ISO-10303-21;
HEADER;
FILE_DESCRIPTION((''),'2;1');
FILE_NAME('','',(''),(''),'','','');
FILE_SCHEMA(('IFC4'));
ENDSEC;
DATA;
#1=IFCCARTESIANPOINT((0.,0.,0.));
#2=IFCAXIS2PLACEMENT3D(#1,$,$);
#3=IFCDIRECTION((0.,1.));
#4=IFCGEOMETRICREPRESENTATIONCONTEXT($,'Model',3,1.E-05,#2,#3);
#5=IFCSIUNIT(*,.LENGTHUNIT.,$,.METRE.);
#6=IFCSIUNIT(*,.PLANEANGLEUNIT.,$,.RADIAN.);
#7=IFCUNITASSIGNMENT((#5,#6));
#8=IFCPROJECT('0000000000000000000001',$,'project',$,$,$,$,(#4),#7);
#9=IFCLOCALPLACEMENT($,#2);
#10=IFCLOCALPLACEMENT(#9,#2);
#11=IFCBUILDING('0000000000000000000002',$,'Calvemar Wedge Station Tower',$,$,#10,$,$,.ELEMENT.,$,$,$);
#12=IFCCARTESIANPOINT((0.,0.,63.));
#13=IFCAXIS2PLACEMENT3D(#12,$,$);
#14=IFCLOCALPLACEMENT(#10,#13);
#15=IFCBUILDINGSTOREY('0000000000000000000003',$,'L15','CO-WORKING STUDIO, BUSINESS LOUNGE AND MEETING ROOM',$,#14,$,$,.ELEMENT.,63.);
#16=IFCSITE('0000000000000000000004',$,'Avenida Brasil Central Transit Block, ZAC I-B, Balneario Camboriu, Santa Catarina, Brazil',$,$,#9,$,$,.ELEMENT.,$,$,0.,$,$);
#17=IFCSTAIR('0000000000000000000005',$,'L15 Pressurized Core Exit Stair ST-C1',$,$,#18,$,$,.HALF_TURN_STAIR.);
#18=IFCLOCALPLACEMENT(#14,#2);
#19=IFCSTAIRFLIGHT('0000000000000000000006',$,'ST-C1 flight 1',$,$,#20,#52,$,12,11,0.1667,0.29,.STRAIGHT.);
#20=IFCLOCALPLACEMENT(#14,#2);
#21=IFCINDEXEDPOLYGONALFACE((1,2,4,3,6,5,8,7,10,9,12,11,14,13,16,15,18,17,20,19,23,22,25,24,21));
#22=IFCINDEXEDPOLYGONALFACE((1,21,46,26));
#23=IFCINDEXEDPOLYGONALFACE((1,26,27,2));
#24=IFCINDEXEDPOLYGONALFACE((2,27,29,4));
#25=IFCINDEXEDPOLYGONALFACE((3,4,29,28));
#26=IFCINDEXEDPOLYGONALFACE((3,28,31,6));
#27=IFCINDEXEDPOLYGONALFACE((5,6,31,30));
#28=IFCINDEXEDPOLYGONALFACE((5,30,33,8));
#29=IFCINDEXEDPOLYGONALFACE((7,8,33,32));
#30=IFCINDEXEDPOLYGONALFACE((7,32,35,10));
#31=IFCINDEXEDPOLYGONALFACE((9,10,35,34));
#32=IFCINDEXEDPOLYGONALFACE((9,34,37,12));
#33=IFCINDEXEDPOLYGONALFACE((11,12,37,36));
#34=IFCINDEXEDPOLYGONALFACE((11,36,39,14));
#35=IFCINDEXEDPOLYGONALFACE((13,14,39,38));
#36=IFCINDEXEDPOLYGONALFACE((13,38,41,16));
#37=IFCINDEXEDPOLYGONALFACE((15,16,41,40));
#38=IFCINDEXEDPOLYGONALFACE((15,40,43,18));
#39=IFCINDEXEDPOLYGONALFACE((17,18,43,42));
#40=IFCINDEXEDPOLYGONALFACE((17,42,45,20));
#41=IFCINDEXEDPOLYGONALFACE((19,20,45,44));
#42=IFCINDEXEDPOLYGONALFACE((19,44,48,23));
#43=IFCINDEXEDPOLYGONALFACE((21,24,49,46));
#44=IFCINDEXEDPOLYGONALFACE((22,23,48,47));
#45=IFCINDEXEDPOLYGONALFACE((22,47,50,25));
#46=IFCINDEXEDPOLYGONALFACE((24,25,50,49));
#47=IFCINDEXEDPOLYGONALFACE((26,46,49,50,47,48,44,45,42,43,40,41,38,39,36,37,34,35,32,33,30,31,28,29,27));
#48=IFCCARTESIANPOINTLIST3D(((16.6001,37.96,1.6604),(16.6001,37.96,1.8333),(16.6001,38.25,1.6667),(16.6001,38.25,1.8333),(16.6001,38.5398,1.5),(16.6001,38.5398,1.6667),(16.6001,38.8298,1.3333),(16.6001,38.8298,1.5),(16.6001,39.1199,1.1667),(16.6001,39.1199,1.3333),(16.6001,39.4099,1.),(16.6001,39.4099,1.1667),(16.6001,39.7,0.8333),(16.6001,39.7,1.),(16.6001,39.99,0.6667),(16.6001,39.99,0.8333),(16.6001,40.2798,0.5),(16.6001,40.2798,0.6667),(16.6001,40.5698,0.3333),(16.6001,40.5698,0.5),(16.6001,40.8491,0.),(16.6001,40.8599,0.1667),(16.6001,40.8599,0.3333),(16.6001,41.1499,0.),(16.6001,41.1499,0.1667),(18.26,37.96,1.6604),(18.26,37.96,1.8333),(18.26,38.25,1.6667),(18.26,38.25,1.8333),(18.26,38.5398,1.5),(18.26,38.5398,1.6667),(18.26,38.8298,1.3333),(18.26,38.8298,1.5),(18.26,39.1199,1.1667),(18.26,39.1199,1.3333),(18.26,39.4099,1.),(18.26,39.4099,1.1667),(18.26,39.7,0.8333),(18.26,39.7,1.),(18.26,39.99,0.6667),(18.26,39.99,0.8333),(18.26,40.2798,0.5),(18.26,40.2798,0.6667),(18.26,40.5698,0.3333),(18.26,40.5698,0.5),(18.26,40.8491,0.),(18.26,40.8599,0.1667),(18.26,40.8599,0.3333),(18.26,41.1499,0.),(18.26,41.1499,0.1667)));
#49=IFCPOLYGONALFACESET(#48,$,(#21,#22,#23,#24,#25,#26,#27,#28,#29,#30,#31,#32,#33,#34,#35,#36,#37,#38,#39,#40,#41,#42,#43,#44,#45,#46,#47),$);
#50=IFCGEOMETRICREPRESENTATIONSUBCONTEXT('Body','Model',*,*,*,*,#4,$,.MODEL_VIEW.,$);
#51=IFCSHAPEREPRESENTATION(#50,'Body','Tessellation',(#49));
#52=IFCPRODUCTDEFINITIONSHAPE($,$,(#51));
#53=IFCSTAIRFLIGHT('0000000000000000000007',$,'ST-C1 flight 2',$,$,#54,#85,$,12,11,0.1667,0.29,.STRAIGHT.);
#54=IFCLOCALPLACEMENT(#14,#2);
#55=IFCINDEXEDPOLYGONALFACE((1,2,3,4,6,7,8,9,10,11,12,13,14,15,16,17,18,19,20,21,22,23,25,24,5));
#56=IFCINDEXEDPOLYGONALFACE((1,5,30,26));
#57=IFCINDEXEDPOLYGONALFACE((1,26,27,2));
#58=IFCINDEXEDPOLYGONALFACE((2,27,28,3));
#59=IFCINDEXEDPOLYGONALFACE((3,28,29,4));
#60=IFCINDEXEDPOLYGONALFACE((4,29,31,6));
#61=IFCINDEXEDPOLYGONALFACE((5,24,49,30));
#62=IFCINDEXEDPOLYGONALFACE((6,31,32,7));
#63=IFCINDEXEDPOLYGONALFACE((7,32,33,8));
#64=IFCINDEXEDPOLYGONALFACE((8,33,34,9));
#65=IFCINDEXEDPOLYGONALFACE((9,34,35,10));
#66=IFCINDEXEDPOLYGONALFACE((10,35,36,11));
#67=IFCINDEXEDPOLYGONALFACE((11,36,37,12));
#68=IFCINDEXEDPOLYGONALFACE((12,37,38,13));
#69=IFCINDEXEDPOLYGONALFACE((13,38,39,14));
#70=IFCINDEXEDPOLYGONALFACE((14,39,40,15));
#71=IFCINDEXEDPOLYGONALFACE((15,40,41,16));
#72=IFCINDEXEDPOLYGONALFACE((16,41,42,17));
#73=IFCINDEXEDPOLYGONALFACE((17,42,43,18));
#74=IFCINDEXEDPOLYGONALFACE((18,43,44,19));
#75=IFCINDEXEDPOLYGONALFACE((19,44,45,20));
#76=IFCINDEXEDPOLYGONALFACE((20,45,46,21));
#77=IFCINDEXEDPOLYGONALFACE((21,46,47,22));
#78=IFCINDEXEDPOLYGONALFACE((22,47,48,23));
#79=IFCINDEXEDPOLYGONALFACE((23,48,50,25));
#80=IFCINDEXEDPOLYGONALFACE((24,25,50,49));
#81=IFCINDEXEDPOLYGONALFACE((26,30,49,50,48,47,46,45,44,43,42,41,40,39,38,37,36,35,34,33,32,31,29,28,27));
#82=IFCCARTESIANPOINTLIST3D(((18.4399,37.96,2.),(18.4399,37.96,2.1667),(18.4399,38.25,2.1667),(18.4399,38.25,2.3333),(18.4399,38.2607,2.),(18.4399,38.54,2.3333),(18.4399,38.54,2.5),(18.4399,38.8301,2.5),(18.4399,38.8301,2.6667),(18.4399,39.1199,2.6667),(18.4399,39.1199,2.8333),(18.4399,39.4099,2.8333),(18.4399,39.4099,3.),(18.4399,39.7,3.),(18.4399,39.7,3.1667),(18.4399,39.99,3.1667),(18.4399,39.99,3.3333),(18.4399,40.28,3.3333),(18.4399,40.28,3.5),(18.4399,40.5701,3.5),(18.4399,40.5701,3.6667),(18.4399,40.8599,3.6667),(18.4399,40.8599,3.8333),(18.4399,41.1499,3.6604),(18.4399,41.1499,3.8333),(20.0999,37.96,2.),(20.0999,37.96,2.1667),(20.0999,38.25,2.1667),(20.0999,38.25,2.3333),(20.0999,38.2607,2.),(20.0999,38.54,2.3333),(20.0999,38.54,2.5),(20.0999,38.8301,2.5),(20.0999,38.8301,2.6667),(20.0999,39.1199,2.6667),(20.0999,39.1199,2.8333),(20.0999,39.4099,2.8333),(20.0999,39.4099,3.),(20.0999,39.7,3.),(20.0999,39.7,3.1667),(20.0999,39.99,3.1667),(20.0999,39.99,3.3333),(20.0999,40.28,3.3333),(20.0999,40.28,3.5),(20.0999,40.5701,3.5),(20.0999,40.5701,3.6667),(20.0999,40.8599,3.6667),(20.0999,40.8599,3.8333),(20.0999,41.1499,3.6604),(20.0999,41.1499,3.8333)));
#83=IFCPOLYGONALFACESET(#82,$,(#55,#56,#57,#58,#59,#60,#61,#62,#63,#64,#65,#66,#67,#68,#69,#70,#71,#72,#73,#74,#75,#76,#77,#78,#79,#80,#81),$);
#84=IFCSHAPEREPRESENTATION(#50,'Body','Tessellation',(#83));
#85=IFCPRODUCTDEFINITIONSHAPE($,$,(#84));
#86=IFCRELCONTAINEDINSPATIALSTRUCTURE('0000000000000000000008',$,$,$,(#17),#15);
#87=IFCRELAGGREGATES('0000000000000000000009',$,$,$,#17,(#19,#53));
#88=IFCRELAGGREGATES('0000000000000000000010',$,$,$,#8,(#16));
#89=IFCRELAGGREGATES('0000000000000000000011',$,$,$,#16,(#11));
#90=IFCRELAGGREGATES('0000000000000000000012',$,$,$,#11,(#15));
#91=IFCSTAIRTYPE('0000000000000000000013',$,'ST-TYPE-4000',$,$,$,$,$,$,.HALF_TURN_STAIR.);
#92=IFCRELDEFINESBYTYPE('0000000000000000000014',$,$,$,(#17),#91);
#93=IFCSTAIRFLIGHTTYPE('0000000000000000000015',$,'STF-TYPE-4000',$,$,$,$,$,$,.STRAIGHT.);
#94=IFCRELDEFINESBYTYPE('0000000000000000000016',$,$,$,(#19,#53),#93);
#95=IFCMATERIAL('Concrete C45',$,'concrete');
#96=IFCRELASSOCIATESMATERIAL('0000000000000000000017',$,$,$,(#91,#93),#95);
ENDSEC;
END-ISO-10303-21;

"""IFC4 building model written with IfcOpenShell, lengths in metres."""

from ifc_helpers import new_model, si_unit, direction, frame, origin, place, context, subcontext, project, spatial, polyline, outline, extrude, material, type_object, element, aggregate, save


model = new_model("IFC4")

# Units and contexts
model_context = context("Model", 3, precision=1e-05, world=origin(), true_north=direction((0.0, 1.0)))
body_context = subcontext(model_context, "Body", "Model", "MODEL_VIEW")
ifc_project = project(units=[si_unit("LENGTHUNIT", "METRE"), si_unit("PLANEANGLEUNIT", "RADIAN")], contexts=[model_context])

# Site, building, storey
site_placement = place(None, origin())
site = spatial("IfcSite", under=ifc_project, at=site_placement, Name="Avenida Brasil Central Transit Block, ZAC I-B, Balneario Camboriu, Santa Catarina, Brazil", CompositionType="ELEMENT", RefElevation=0.0)
building_placement = place(site_placement, origin())
building = spatial("IfcBuilding", under=site, at=building_placement, Name="Calvemar Wedge Station Tower", CompositionType="ELEMENT")
storey_placement = place(building_placement, frame((0.0, 0.0, 63.0)))
storey = spatial("IfcBuildingStorey", under=building, at=storey_placement, Name="L15", Description="CO-WORKING STUDIO, BUSINESS LOUNGE AND MEETING ROOM", CompositionType="ELEMENT", Elevation=63.0)

# Stair, stair flights
ifc_material_1 = material(Name="Concrete C45", Category="concrete")
stair_type = type_object("IfcStairType", Name="ST-TYPE-4000", PredefinedType="HALF_TURN_STAIR", material=ifc_material_1)
stair_placement = place(storey_placement, origin())
stair = element("IfcStair", 1, at=stair_placement, inside=storey, type_object=stair_type, Name="L15 Pressurized Core Exit Stair ST-C1", PredefinedType="HALF_TURN_STAIR")
stair_flight_type = type_object("IfcStairFlightType", Name="STF-TYPE-4000", PredefinedType="STRAIGHT", material=ifc_material_1)
stair_flight_1_placement = place(storey_placement, frame((17.4299, 41.1499, 0.0), z_axis=(0.0, 0.0, 1.0), x_axis=(0.0, -1.0, 0.0)))
stair_flight_1 = element("IfcStairFlight", 2, at=stair_flight_1_placement, type_object=stair_flight_type, Name="ST-C1 flight 1", NumberOfRisers=12, NumberOfTreads=11, PredefinedType="STRAIGHT", RiserHeight=0.1667, TreadLength=0.29, context=body_context, shape_type="SweptSolid", body=[
    extrude(outline(polyline([(0.0, 0.0), (0.0, 0.1667), (0.29, 0.1667), (0.29, 0.3333), (0.5801, 0.3333), (0.5801, 0.5), (0.8701, 0.5), (0.8701, 0.6667), (1.1599, 0.6667), (1.1599, 0.8333), (1.45, 0.8333), (1.45, 1.0), (1.74, 1.0), (1.74, 1.1667), (2.03, 1.1667), (2.03, 1.3333), (2.3201, 1.3333), (2.3201, 1.5), (2.6101, 1.5), (2.6101, 1.6667), (2.8999, 1.6667), (2.8999, 1.8333), (3.1899, 1.8333), (3.1899, 2.0), (3.1899, 1.6604), (0.3008, 0.0), (0.0, 0.0)])), frame((0.0, 0.8301, 0.0), z_axis=(0.0, -1.0, 0.0), x_axis=(1.0, 0.0, 0.0)), (0.0, 0.0, 1.0), 1.6599),
])
stair_flight_2_placement = place(storey_placement, frame((19.27, 37.96, 2.0), z_axis=(0.0, 0.0, 1.0), x_axis=(0.0, 1.0, 0.0)))
stair_flight_2 = element("IfcStairFlight", 3, at=stair_flight_2_placement, type_object=stair_flight_type, Name="ST-C1 flight 2", NumberOfRisers=12, NumberOfTreads=11, PredefinedType="STRAIGHT", RiserHeight=0.1667, TreadLength=0.29, context=body_context, shape_type="SweptSolid", body=[
    extrude(outline(polyline([(0.0, 0.0), (0.0, 0.1667), (0.29, 0.1667), (0.29, 0.3333), (0.5801, 0.3333), (0.5801, 0.5), (0.8701, 0.5), (0.8701, 0.6667), (1.1599, 0.6667), (1.1599, 0.8333), (1.45, 0.8333), (1.45, 1.0), (1.74, 1.0), (1.74, 1.1667), (2.03, 1.1667), (2.03, 1.3333), (2.3201, 1.3333), (2.3201, 1.5), (2.6101, 1.5), (2.6101, 1.6667), (2.8999, 1.6667), (2.8999, 1.8333), (3.1899, 1.8333), (3.1899, 2.0), (3.1899, 1.6604), (0.3008, 0.0), (0.0, 0.0)])), frame((0.0, 0.8301, 0.0), z_axis=(0.0, -1.0, 0.0), x_axis=(1.0, 0.0, 0.0)), (0.0, 0.0, 1.0), 1.6599),
])
aggregate(stair, [stair_flight_1, stair_flight_2])

save(model, "model.ifc")
